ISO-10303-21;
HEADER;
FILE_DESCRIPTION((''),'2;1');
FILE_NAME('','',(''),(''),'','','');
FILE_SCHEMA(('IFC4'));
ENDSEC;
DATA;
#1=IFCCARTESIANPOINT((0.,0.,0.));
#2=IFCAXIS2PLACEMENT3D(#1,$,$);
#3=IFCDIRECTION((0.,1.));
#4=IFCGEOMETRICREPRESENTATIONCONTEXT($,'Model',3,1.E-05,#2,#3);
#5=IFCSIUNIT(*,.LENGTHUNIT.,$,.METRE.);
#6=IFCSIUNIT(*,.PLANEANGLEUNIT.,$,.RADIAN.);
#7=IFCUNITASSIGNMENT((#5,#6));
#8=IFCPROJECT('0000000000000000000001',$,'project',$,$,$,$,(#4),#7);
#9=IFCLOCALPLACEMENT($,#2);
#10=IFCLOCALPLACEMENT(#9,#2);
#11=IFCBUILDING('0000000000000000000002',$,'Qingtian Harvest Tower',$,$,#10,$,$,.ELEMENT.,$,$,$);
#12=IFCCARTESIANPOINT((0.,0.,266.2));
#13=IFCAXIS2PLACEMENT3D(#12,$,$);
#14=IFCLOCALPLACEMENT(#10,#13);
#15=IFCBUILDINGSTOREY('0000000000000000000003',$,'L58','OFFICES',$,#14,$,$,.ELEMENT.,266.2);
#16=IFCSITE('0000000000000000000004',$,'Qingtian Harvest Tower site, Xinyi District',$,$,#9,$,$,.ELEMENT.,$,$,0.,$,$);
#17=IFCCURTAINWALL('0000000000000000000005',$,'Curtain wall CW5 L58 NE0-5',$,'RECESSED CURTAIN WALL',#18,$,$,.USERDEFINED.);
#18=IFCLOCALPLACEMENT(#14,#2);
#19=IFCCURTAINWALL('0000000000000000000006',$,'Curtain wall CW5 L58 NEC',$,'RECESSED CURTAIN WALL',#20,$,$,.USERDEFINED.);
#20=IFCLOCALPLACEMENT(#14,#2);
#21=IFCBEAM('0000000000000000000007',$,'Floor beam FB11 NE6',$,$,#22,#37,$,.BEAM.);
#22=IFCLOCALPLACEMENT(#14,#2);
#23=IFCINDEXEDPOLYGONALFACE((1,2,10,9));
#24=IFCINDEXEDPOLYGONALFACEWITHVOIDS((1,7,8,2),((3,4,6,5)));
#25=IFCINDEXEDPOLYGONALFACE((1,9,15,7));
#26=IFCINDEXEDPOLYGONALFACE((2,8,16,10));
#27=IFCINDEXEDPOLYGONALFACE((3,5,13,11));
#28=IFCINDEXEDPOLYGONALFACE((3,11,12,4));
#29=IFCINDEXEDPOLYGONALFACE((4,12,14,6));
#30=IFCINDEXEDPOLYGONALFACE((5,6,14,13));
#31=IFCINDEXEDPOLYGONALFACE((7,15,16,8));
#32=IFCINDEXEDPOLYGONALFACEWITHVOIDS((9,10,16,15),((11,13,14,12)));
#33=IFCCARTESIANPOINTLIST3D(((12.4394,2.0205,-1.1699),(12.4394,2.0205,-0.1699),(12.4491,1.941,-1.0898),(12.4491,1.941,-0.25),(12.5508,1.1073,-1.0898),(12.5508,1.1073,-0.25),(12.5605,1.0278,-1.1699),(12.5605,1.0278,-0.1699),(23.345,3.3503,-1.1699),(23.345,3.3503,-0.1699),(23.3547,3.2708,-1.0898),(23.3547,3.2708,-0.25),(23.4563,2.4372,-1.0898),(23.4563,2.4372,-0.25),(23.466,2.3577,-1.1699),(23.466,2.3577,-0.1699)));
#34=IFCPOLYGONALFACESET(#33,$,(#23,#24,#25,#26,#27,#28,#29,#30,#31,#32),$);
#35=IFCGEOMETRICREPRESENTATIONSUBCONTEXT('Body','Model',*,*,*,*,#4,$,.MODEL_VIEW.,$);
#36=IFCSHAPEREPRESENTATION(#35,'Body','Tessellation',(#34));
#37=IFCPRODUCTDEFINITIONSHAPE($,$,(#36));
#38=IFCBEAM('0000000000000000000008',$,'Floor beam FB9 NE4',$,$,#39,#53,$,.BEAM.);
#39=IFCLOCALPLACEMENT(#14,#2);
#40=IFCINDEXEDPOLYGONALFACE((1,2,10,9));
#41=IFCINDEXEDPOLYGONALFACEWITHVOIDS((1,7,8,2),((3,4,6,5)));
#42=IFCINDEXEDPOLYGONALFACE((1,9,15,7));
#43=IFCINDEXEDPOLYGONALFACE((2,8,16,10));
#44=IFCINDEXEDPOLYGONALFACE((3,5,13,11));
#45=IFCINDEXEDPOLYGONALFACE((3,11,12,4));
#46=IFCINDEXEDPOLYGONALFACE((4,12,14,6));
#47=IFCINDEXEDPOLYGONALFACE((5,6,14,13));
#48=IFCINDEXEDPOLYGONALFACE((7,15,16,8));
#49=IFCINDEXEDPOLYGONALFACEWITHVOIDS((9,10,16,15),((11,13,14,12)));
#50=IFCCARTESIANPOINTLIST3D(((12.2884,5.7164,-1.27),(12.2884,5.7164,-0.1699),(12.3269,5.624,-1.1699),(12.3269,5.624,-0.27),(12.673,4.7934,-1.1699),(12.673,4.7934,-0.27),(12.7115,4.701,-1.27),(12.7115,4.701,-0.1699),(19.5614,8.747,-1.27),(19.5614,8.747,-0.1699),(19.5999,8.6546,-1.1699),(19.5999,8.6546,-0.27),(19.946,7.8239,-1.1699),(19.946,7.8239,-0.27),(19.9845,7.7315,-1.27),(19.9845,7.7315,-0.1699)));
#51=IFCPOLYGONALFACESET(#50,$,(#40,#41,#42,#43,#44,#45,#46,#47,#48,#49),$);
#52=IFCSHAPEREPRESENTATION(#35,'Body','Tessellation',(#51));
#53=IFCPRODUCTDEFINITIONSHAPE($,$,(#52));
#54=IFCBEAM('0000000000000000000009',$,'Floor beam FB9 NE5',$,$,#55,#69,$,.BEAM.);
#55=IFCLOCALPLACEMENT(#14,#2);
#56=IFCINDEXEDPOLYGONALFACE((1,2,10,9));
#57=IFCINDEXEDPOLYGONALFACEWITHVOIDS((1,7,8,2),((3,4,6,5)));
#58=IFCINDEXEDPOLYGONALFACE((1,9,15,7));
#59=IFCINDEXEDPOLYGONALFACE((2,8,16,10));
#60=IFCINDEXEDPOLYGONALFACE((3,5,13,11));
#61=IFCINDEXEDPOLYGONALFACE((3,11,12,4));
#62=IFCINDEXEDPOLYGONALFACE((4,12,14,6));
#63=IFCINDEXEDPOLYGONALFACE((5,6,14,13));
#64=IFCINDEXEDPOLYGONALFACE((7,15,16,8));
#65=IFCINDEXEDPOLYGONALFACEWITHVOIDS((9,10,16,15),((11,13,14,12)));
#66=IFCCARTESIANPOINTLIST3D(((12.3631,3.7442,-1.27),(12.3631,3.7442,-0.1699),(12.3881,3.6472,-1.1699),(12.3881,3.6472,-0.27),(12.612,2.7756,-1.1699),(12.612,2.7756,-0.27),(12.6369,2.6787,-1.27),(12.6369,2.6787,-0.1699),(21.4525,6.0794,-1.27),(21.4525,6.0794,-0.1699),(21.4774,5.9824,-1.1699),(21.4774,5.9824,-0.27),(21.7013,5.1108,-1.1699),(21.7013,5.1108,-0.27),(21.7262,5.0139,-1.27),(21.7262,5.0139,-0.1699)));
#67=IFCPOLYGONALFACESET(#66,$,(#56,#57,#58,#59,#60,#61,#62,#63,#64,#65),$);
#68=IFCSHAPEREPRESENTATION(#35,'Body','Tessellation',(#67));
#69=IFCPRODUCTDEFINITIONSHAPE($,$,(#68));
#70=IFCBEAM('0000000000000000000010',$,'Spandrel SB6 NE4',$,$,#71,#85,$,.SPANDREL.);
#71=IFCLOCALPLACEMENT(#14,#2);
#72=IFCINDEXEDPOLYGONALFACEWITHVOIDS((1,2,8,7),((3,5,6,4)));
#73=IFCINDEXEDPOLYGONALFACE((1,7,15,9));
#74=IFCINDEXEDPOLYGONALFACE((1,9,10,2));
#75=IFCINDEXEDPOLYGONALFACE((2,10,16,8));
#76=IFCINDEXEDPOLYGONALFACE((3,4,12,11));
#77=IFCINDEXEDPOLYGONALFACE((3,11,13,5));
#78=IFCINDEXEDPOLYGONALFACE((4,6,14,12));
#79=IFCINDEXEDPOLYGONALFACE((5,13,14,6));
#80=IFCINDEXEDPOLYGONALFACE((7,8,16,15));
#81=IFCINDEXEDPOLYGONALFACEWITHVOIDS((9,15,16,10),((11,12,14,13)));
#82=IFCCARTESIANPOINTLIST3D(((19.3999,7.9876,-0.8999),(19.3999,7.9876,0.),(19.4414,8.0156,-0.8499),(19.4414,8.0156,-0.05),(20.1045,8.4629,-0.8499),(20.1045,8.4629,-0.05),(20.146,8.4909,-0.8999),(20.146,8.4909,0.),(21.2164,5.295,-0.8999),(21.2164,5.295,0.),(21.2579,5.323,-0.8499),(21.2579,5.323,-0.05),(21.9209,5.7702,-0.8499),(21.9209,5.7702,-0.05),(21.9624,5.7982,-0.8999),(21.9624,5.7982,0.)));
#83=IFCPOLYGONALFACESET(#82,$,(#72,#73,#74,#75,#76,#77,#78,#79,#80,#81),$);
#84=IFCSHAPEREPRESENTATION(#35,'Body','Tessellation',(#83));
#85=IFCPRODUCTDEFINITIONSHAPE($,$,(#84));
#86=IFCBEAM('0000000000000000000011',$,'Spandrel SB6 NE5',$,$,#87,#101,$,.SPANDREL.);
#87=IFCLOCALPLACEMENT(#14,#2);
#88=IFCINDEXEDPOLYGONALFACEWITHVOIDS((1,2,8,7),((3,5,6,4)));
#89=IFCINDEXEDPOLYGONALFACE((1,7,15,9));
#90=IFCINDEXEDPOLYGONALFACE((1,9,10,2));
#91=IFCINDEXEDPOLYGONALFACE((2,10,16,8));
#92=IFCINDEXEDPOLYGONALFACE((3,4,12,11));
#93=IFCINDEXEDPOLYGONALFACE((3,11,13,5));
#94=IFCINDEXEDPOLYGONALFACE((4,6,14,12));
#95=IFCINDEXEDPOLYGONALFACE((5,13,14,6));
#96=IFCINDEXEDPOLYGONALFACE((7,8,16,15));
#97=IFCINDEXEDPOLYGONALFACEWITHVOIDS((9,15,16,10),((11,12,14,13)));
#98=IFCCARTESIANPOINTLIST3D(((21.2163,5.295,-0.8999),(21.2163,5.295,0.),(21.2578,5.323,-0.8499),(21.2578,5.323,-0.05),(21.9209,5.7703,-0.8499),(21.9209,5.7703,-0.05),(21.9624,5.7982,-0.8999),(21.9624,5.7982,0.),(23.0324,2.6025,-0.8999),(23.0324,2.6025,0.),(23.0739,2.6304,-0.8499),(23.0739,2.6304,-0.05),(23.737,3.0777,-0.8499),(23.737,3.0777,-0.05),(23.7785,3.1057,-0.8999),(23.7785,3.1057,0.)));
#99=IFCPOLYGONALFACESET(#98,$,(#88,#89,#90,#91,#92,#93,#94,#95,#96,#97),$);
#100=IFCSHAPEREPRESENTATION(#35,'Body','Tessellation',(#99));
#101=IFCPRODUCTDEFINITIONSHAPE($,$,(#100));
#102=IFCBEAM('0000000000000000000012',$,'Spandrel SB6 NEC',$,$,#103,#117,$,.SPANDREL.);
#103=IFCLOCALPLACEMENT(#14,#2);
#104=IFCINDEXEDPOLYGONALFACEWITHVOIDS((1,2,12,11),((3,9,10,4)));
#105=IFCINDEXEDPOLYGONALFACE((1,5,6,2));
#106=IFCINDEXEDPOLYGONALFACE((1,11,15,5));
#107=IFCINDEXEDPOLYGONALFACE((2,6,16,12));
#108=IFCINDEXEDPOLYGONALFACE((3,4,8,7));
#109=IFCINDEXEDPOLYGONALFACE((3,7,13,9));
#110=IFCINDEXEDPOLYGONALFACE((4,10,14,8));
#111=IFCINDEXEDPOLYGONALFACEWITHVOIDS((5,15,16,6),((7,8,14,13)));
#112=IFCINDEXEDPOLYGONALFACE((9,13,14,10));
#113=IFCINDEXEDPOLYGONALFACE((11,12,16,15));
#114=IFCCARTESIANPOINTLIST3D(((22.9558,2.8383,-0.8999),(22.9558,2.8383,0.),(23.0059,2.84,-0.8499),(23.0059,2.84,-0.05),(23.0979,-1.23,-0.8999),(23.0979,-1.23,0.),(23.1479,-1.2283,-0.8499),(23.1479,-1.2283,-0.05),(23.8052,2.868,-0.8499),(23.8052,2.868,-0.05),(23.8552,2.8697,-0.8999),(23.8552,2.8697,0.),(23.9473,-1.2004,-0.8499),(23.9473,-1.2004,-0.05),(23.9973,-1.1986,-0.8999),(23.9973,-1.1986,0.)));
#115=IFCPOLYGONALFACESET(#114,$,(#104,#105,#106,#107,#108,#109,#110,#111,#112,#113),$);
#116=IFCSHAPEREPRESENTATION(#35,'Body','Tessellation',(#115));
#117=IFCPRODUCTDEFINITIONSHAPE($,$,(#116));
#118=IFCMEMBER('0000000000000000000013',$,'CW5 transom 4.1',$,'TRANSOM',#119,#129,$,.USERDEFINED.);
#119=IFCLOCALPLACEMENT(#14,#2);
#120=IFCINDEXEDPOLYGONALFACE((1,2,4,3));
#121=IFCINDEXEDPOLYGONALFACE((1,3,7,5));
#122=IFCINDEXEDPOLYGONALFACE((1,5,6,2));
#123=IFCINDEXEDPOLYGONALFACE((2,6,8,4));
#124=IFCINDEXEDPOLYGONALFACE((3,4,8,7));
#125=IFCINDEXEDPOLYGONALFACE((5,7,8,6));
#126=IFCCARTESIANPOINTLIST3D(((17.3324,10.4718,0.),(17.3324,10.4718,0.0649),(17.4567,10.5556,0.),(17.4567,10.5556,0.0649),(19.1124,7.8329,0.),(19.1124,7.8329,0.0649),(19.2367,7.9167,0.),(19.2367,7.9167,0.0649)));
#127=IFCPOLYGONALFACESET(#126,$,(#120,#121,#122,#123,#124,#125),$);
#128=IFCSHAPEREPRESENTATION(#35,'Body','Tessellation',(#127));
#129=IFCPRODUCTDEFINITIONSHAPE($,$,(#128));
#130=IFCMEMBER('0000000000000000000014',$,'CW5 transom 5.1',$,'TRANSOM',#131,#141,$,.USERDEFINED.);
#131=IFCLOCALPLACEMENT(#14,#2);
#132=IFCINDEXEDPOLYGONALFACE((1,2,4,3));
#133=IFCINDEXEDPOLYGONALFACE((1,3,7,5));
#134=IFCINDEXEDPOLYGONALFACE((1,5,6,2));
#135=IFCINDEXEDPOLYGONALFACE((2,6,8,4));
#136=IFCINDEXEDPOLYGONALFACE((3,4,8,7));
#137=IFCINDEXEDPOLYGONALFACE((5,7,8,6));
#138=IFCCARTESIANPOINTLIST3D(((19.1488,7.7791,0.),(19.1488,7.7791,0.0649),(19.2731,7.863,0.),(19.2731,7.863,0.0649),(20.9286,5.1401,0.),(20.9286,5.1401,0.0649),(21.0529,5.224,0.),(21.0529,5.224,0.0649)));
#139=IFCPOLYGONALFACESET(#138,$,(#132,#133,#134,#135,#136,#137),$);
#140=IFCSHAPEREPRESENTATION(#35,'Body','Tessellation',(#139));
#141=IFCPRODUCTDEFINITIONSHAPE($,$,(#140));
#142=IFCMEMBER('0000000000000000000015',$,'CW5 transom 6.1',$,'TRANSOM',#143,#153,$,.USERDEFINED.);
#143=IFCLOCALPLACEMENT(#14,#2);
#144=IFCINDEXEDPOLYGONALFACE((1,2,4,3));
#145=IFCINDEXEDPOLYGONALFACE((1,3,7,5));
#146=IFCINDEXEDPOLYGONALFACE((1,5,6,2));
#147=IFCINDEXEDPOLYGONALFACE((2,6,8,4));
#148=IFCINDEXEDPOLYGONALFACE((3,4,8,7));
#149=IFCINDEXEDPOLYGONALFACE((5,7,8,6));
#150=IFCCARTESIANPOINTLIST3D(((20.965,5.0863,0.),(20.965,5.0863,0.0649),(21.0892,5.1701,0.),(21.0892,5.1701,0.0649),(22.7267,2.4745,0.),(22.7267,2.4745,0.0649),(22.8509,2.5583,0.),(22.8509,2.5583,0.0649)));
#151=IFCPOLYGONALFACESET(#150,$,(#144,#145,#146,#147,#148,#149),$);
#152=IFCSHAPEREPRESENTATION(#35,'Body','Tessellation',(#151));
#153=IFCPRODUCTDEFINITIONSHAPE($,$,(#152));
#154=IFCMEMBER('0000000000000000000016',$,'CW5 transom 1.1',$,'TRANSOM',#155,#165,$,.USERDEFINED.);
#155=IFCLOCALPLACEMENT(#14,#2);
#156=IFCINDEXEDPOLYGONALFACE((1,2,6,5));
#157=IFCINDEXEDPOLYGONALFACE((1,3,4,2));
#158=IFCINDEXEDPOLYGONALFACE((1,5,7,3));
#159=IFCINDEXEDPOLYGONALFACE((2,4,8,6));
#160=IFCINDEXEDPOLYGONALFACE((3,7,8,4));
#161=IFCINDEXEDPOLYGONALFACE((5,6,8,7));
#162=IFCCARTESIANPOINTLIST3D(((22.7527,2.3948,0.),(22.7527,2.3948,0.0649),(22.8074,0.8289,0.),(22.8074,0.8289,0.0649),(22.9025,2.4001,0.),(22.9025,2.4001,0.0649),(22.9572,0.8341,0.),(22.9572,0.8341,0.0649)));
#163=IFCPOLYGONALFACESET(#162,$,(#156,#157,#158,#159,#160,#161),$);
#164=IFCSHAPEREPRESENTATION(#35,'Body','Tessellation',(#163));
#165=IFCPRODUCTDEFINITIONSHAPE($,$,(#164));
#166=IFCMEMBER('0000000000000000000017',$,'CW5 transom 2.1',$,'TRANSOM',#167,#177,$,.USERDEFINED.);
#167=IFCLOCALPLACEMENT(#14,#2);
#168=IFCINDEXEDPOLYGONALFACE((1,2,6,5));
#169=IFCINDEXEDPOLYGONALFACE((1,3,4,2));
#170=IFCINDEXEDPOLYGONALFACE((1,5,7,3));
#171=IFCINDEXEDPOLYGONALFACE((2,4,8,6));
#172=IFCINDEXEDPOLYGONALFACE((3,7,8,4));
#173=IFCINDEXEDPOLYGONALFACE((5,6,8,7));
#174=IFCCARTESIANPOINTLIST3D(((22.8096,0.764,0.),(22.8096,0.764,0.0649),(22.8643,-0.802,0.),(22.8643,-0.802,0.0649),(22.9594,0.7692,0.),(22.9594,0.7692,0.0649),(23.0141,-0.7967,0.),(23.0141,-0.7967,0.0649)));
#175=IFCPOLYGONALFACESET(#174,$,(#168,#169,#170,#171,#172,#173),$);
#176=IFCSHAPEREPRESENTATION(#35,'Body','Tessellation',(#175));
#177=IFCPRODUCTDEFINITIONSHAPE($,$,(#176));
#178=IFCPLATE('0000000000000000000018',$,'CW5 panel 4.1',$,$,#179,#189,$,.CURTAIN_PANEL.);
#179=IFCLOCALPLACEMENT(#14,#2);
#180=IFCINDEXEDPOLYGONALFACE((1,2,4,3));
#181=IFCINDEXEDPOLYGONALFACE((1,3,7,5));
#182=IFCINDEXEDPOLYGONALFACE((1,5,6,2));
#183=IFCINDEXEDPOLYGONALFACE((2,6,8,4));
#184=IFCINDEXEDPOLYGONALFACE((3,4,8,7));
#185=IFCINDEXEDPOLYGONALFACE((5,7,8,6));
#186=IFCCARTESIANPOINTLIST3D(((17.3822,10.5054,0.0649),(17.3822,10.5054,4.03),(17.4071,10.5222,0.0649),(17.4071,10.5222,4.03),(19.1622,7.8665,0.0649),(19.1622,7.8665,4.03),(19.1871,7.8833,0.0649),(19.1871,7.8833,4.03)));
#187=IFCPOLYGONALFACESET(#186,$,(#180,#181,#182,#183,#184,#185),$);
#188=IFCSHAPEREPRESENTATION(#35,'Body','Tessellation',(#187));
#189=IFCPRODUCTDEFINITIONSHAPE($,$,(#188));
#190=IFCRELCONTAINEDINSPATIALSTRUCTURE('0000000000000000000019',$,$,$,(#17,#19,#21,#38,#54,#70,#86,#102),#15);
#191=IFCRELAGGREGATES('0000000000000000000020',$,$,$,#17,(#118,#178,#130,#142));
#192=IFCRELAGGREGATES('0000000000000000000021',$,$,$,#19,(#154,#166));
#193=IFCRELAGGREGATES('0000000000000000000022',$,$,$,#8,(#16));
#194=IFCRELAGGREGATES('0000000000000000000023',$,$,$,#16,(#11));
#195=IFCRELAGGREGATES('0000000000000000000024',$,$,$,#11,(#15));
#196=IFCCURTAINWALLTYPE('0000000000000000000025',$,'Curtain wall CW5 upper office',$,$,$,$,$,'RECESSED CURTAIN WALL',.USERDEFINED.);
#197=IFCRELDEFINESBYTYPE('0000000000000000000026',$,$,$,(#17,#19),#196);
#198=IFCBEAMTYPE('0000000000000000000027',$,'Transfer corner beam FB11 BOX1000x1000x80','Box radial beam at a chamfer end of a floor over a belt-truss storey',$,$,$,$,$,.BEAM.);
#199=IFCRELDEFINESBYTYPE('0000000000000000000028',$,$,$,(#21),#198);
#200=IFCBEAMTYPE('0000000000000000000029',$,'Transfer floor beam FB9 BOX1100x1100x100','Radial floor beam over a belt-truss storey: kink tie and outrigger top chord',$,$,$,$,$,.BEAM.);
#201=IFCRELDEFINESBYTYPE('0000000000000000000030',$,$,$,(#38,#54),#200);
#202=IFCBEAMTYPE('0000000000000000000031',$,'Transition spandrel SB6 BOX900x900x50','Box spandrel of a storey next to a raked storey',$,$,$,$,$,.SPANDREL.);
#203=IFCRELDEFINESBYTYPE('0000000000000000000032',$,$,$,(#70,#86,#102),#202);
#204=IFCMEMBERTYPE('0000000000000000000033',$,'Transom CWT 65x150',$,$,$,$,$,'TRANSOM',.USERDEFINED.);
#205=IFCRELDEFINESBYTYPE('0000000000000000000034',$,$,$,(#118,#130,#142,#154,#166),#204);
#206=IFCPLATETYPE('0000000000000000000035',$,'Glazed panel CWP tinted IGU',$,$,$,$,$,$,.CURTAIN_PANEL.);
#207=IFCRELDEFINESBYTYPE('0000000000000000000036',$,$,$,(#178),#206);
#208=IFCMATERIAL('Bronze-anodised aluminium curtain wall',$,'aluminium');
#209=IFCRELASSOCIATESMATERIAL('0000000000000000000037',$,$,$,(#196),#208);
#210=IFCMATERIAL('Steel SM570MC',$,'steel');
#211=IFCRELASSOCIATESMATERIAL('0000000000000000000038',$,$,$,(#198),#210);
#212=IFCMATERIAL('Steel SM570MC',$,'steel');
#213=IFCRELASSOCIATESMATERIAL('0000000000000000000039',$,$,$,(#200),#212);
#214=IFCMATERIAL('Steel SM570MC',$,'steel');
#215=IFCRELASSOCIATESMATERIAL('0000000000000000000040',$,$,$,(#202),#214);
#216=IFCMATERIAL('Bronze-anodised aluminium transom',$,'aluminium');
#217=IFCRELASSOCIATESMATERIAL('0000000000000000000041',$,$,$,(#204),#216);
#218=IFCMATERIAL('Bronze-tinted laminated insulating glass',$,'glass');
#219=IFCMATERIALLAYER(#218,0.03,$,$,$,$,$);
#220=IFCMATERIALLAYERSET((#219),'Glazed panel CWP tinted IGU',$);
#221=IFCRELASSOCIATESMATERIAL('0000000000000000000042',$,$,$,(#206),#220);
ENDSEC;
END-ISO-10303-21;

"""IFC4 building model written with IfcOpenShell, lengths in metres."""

from ifc_helpers import new_model, si_unit, direction, frame, origin, origin_2d, place, context, subcontext, project, spatial, rectangle, hollow_rectangle, extrude, material, layer, layer_set, material_profile, profile_set, type_object, element, aggregate, save


model = new_model("IFC4")

# Units and contexts
model_context = context("Model", 3, precision=1e-05, world=origin(), true_north=direction((0.0, 1.0)))
body_context = subcontext(model_context, "Body", "Model", "MODEL_VIEW")
ifc_project = project(units=[si_unit("LENGTHUNIT", "METRE"), si_unit("PLANEANGLEUNIT", "RADIAN")], contexts=[model_context])

# Site, building, storey
site_placement = place(None, origin())
site = spatial("IfcSite", under=ifc_project, at=site_placement, Name="Qingtian Harvest Tower site, Xinyi District", CompositionType="ELEMENT", RefElevation=0.0)
building_placement = place(site_placement, origin())
building = spatial("IfcBuilding", under=site, at=building_placement, Name="Qingtian Harvest Tower", CompositionType="ELEMENT")
storey_placement = place(building_placement, frame((0.0, 0.0, 266.2)))
storey = spatial("IfcBuildingStorey", under=building, at=storey_placement, Name="L58", Description="OFFICES", CompositionType="ELEMENT", Elevation=266.2)

# Curtain walls
ifc_material_1 = material(Name="Bronze-anodised aluminium curtain wall", Category="aluminium")
curtain_wall_type = type_object("IfcCurtainWallType", Name="Curtain wall CW5 upper office", ElementType="RECESSED CURTAIN WALL", PredefinedType="USERDEFINED", material=ifc_material_1)
curtain_wall_1_placement = place(storey_placement, origin())
curtain_wall_1 = element("IfcCurtainWall", 1, at=curtain_wall_1_placement, inside=storey, type_object=curtain_wall_type, Name="Curtain wall CW5 L58 NE0-5", ObjectType="RECESSED CURTAIN WALL", PredefinedType="USERDEFINED")
curtain_wall_2_placement = place(storey_placement, origin())
curtain_wall_2 = element("IfcCurtainWall", 2, at=curtain_wall_2_placement, inside=storey, type_object=curtain_wall_type, Name="Curtain wall CW5 L58 NEC", ObjectType="RECESSED CURTAIN WALL", PredefinedType="USERDEFINED")

# Beams
ifc_material_2 = material(Name="Steel SM570MC", Category="steel")
ifc_material_profile_1 = material_profile(ifc_material_2, hollow_rectangle(XDim=1.0, YDim=1.0, WallThickness=0.0801, at=origin_2d()), Name="BOX1000x1000x80")
ifc_profile_set_1 = profile_set([ifc_material_profile_1], Name="Steel SM570MC")
beam_type_1 = type_object("IfcBeamType", Name="Transfer corner beam FB11 BOX1000x1000x80", Description="Box radial beam at a chamfer end of a floor over a belt-truss storey", PredefinedType="BEAM", material=ifc_profile_set_1)
beam_1_placement = place(storey_placement, frame((23.4055, 2.854, -0.6699), z_axis=(-0.992647, -0.121045, 0.0), x_axis=(0.121045, -0.992647, 0.0)))
element("IfcBeam", 3, at=beam_1_placement, inside=storey, type_object=beam_type_1, Name="Floor beam FB11 NE6", PredefinedType="BEAM", context=body_context, shape_type="SweptSolid", body=[
    extrude(hollow_rectangle(XDim=1.0, YDim=1.0, WallThickness=0.0801, at=origin_2d()), origin(), (0.0, 0.0, 1.0), 10.9863),
])
ifc_material_3 = material(Name="Steel SM570MC", Category="steel")
ifc_material_profile_2 = material_profile(ifc_material_3, hollow_rectangle(XDim=1.1001, YDim=1.1001, WallThickness=0.1001, at=origin_2d()), Name="BOX1100x1100x100")
ifc_profile_set_2 = profile_set([ifc_material_profile_2], Name="Steel SM570MC")
beam_type_2 = type_object("IfcBeamType", Name="Transfer floor beam FB9 BOX1100x1100x100", Description="Radial floor beam over a belt-truss storey: kink tie and outrigger top chord", PredefinedType="BEAM", material=ifc_profile_set_2)
beam_2_placement = place(storey_placement, frame((19.7729, 8.2393, -0.72), z_axis=(-0.923071, -0.384629, 0.0), x_axis=(0.384629, -0.923071, 0.0)))
element("IfcBeam", 4, at=beam_2_placement, inside=storey, type_object=beam_type_2, Name="Floor beam FB9 NE4", PredefinedType="BEAM", context=body_context, shape_type="SweptSolid", body=[
    extrude(hollow_rectangle(XDim=1.1001, YDim=1.1001, WallThickness=0.1001, at=origin_2d()), origin(), (0.0, 0.0, 1.0), 7.8792),
])
beam_3_placement = place(storey_placement, frame((21.5894, 5.5466, -0.72), z_axis=(-0.968546, -0.248835, 0.0), x_axis=(0.248835, -0.968546, 0.0)))
element("IfcBeam", 5, at=beam_3_placement, inside=storey, type_object=beam_type_2, Name="Floor beam FB9 NE5", PredefinedType="BEAM", context=body_context, shape_type="SweptSolid", body=[
    extrude(hollow_rectangle(XDim=1.1001, YDim=1.1001, WallThickness=0.1001, at=origin_2d()), origin(), (0.0, 0.0, 1.0), 9.3845),
])
ifc_material_4 = material(Name="Steel SM570MC", Category="steel")
ifc_material_profile_3 = material_profile(ifc_material_4, hollow_rectangle(XDim=0.8999, YDim=0.8999, WallThickness=0.05, at=origin_2d()), Name="BOX900x900x50")
ifc_profile_set_3 = profile_set([ifc_material_profile_3], Name="Steel SM570MC")
beam_type_3 = type_object("IfcBeamType", Name="Transition spandrel SB6 BOX900x900x50", Description="Box spandrel of a storey next to a raked storey", PredefinedType="SPANDREL", material=ifc_profile_set_3)
beam_4_placement = place(storey_placement, frame((19.7729, 8.2393, -0.45), z_axis=(0.559237, -0.829008, 0.0), x_axis=(0.829008, 0.559237, 0.0)))
element("IfcBeam", 6, at=beam_4_placement, inside=storey, type_object=beam_type_3, Name="Spandrel SB6 NE4", PredefinedType="SPANDREL", context=body_context, shape_type="SweptSolid", body=[
    extrude(hollow_rectangle(XDim=0.8999, YDim=0.8999, WallThickness=0.05, at=origin_2d()), origin(), (0.0, 0.0, 1.0), 3.248),
])
beam_5_placement = place(storey_placement, frame((21.5894, 5.5466, -0.45), z_axis=(0.559185, -0.829043, 0.0), x_axis=(0.829043, 0.559185, 0.0)))
element("IfcBeam", 7, at=beam_5_placement, inside=storey, type_object=beam_type_3, Name="Spandrel SB6 NE5", PredefinedType="SPANDREL", context=body_context, shape_type="SweptSolid", body=[
    extrude(hollow_rectangle(XDim=0.8999, YDim=0.8999, WallThickness=0.05, at=origin_2d()), origin(), (0.0, 0.0, 1.0), 3.2478),
])
beam_6_placement = place(storey_placement, frame((23.4055, 2.854, -0.45), z_axis=(0.034904, -0.999391, 0.0), x_axis=(0.999391, 0.034904, 0.0)))
element("IfcBeam", 8, at=beam_6_placement, inside=storey, type_object=beam_type_3, Name="Spandrel SB6 NEC", PredefinedType="SPANDREL", context=body_context, shape_type="SweptSolid", body=[
    extrude(hollow_rectangle(XDim=0.8999, YDim=0.8999, WallThickness=0.05, at=origin_2d()), origin(), (0.0, 0.0, 1.0), 4.0708),
])

# Members
ifc_material_5 = material(Name="Bronze-anodised aluminium transom", Category="aluminium")
ifc_material_profile_4 = material_profile(ifc_material_5, rectangle(XDim=0.1499, YDim=0.0649, at=origin_2d()), Name="AL 65x150")
ifc_profile_set_4 = profile_set([ifc_material_profile_4], Name="Bronze-anodised aluminium transom")
member_type_1 = type_object("IfcMemberType", Name="Transom CWT 65x150", ElementType="TRANSOM", PredefinedType="USERDEFINED", material=ifc_profile_set_4)
member_1_placement = place(storey_placement, frame((17.3945, 10.5137, 0.0325), z_axis=(0.559205, -0.829029, 0.0), x_axis=(0.829029, 0.559205, 0.0)))
member_1 = element("IfcMember", 9, at=member_1_placement, type_object=member_type_1, Name="CW5 transom 4.1", ObjectType="TRANSOM", PredefinedType="USERDEFINED", context=body_context, shape_type="SweptSolid", body=[
    extrude(rectangle(XDim=0.1499, YDim=0.0649, at=origin_2d()), origin(), (0.0, 0.0, 1.0), 3.1831),
])
member_2_placement = place(storey_placement, frame((19.2109, 7.821, 0.0325), z_axis=(0.559153, -0.829065, 0.0), x_axis=(0.829065, 0.559153, 0.0)))
member_2 = element("IfcMember", 10, at=member_2_placement, type_object=member_type_1, Name="CW5 transom 5.1", ObjectType="TRANSOM", PredefinedType="USERDEFINED", context=body_context, shape_type="SweptSolid", body=[
    extrude(rectangle(XDim=0.1499, YDim=0.0649, at=origin_2d()), origin(), (0.0, 0.0, 1.0), 3.1831),
])
member_3_placement = place(storey_placement, frame((21.0271, 5.1282, 0.0325), z_axis=(0.559199, -0.829034, 0.0), x_axis=(0.829034, 0.559199, 0.0)))
member_3 = element("IfcMember", 11, at=member_3_placement, type_object=member_type_1, Name="CW5 transom 6.1", ObjectType="TRANSOM", PredefinedType="USERDEFINED", context=body_context, shape_type="SweptSolid", body=[
    extrude(rectangle(XDim=0.1499, YDim=0.0649, at=origin_2d()), origin(), (0.0, 0.0, 1.0), 3.1504),
])
member_4_placement = place(storey_placement, frame((22.8276, 2.3975, 0.0325), z_axis=(0.034902, -0.999391, 0.0), x_axis=(0.999391, 0.034902, 0.0)))
member_4 = element("IfcMember", 12, at=member_4_placement, type_object=member_type_1, Name="CW5 transom 1.1", ObjectType="TRANSOM", PredefinedType="USERDEFINED", context=body_context, shape_type="SweptSolid", body=[
    extrude(rectangle(XDim=0.1499, YDim=0.0649, at=origin_2d()), origin(), (0.0, 0.0, 1.0), 1.5669),
])
member_5_placement = place(storey_placement, frame((22.8845, 0.7666, 0.0325), z_axis=(0.034902, -0.999391, 0.0), x_axis=(0.999391, 0.034902, 0.0)))
member_5 = element("IfcMember", 13, at=member_5_placement, type_object=member_type_1, Name="CW5 transom 2.1", ObjectType="TRANSOM", PredefinedType="USERDEFINED", context=body_context, shape_type="SweptSolid", body=[
    extrude(rectangle(XDim=0.1499, YDim=0.0649, at=origin_2d()), origin(), (0.0, 0.0, 1.0), 1.5669),
])

# Plate
ifc_material_6 = material(Name="Bronze-tinted laminated insulating glass", Category="glass")
ifc_layer_1 = layer(ifc_material_6, 0.03)
ifc_layer_set_1 = layer_set([ifc_layer_1], Name="Glazed panel CWP tinted IGU")
plate_type = type_object("IfcPlateType", Name="Glazed panel CWP tinted IGU", PredefinedType="CURTAIN_PANEL", material=ifc_layer_set_1)
plate_1_placement = place(storey_placement, frame((18.2847, 9.1943, 0.0649), z_axis=(0.0, 0.0, 1.0), x_axis=(0.559193, -0.829038, 0.0)))
plate_1 = element("IfcPlate", 14, at=plate_1_placement, type_object=plate_type, Name="CW5 panel 4.1", PredefinedType="CURTAIN_PANEL", context=body_context, shape_type="SweptSolid", body=[
    extrude(rectangle(XDim=3.1831, YDim=0.03, at=origin_2d()), origin(), (0.0, 0.0, 1.0), 3.9651),
])
aggregate(curtain_wall_1, [member_1, plate_1, member_2, member_3])
aggregate(curtain_wall_2, [member_4, member_5])

save(model, "model.ifc")
